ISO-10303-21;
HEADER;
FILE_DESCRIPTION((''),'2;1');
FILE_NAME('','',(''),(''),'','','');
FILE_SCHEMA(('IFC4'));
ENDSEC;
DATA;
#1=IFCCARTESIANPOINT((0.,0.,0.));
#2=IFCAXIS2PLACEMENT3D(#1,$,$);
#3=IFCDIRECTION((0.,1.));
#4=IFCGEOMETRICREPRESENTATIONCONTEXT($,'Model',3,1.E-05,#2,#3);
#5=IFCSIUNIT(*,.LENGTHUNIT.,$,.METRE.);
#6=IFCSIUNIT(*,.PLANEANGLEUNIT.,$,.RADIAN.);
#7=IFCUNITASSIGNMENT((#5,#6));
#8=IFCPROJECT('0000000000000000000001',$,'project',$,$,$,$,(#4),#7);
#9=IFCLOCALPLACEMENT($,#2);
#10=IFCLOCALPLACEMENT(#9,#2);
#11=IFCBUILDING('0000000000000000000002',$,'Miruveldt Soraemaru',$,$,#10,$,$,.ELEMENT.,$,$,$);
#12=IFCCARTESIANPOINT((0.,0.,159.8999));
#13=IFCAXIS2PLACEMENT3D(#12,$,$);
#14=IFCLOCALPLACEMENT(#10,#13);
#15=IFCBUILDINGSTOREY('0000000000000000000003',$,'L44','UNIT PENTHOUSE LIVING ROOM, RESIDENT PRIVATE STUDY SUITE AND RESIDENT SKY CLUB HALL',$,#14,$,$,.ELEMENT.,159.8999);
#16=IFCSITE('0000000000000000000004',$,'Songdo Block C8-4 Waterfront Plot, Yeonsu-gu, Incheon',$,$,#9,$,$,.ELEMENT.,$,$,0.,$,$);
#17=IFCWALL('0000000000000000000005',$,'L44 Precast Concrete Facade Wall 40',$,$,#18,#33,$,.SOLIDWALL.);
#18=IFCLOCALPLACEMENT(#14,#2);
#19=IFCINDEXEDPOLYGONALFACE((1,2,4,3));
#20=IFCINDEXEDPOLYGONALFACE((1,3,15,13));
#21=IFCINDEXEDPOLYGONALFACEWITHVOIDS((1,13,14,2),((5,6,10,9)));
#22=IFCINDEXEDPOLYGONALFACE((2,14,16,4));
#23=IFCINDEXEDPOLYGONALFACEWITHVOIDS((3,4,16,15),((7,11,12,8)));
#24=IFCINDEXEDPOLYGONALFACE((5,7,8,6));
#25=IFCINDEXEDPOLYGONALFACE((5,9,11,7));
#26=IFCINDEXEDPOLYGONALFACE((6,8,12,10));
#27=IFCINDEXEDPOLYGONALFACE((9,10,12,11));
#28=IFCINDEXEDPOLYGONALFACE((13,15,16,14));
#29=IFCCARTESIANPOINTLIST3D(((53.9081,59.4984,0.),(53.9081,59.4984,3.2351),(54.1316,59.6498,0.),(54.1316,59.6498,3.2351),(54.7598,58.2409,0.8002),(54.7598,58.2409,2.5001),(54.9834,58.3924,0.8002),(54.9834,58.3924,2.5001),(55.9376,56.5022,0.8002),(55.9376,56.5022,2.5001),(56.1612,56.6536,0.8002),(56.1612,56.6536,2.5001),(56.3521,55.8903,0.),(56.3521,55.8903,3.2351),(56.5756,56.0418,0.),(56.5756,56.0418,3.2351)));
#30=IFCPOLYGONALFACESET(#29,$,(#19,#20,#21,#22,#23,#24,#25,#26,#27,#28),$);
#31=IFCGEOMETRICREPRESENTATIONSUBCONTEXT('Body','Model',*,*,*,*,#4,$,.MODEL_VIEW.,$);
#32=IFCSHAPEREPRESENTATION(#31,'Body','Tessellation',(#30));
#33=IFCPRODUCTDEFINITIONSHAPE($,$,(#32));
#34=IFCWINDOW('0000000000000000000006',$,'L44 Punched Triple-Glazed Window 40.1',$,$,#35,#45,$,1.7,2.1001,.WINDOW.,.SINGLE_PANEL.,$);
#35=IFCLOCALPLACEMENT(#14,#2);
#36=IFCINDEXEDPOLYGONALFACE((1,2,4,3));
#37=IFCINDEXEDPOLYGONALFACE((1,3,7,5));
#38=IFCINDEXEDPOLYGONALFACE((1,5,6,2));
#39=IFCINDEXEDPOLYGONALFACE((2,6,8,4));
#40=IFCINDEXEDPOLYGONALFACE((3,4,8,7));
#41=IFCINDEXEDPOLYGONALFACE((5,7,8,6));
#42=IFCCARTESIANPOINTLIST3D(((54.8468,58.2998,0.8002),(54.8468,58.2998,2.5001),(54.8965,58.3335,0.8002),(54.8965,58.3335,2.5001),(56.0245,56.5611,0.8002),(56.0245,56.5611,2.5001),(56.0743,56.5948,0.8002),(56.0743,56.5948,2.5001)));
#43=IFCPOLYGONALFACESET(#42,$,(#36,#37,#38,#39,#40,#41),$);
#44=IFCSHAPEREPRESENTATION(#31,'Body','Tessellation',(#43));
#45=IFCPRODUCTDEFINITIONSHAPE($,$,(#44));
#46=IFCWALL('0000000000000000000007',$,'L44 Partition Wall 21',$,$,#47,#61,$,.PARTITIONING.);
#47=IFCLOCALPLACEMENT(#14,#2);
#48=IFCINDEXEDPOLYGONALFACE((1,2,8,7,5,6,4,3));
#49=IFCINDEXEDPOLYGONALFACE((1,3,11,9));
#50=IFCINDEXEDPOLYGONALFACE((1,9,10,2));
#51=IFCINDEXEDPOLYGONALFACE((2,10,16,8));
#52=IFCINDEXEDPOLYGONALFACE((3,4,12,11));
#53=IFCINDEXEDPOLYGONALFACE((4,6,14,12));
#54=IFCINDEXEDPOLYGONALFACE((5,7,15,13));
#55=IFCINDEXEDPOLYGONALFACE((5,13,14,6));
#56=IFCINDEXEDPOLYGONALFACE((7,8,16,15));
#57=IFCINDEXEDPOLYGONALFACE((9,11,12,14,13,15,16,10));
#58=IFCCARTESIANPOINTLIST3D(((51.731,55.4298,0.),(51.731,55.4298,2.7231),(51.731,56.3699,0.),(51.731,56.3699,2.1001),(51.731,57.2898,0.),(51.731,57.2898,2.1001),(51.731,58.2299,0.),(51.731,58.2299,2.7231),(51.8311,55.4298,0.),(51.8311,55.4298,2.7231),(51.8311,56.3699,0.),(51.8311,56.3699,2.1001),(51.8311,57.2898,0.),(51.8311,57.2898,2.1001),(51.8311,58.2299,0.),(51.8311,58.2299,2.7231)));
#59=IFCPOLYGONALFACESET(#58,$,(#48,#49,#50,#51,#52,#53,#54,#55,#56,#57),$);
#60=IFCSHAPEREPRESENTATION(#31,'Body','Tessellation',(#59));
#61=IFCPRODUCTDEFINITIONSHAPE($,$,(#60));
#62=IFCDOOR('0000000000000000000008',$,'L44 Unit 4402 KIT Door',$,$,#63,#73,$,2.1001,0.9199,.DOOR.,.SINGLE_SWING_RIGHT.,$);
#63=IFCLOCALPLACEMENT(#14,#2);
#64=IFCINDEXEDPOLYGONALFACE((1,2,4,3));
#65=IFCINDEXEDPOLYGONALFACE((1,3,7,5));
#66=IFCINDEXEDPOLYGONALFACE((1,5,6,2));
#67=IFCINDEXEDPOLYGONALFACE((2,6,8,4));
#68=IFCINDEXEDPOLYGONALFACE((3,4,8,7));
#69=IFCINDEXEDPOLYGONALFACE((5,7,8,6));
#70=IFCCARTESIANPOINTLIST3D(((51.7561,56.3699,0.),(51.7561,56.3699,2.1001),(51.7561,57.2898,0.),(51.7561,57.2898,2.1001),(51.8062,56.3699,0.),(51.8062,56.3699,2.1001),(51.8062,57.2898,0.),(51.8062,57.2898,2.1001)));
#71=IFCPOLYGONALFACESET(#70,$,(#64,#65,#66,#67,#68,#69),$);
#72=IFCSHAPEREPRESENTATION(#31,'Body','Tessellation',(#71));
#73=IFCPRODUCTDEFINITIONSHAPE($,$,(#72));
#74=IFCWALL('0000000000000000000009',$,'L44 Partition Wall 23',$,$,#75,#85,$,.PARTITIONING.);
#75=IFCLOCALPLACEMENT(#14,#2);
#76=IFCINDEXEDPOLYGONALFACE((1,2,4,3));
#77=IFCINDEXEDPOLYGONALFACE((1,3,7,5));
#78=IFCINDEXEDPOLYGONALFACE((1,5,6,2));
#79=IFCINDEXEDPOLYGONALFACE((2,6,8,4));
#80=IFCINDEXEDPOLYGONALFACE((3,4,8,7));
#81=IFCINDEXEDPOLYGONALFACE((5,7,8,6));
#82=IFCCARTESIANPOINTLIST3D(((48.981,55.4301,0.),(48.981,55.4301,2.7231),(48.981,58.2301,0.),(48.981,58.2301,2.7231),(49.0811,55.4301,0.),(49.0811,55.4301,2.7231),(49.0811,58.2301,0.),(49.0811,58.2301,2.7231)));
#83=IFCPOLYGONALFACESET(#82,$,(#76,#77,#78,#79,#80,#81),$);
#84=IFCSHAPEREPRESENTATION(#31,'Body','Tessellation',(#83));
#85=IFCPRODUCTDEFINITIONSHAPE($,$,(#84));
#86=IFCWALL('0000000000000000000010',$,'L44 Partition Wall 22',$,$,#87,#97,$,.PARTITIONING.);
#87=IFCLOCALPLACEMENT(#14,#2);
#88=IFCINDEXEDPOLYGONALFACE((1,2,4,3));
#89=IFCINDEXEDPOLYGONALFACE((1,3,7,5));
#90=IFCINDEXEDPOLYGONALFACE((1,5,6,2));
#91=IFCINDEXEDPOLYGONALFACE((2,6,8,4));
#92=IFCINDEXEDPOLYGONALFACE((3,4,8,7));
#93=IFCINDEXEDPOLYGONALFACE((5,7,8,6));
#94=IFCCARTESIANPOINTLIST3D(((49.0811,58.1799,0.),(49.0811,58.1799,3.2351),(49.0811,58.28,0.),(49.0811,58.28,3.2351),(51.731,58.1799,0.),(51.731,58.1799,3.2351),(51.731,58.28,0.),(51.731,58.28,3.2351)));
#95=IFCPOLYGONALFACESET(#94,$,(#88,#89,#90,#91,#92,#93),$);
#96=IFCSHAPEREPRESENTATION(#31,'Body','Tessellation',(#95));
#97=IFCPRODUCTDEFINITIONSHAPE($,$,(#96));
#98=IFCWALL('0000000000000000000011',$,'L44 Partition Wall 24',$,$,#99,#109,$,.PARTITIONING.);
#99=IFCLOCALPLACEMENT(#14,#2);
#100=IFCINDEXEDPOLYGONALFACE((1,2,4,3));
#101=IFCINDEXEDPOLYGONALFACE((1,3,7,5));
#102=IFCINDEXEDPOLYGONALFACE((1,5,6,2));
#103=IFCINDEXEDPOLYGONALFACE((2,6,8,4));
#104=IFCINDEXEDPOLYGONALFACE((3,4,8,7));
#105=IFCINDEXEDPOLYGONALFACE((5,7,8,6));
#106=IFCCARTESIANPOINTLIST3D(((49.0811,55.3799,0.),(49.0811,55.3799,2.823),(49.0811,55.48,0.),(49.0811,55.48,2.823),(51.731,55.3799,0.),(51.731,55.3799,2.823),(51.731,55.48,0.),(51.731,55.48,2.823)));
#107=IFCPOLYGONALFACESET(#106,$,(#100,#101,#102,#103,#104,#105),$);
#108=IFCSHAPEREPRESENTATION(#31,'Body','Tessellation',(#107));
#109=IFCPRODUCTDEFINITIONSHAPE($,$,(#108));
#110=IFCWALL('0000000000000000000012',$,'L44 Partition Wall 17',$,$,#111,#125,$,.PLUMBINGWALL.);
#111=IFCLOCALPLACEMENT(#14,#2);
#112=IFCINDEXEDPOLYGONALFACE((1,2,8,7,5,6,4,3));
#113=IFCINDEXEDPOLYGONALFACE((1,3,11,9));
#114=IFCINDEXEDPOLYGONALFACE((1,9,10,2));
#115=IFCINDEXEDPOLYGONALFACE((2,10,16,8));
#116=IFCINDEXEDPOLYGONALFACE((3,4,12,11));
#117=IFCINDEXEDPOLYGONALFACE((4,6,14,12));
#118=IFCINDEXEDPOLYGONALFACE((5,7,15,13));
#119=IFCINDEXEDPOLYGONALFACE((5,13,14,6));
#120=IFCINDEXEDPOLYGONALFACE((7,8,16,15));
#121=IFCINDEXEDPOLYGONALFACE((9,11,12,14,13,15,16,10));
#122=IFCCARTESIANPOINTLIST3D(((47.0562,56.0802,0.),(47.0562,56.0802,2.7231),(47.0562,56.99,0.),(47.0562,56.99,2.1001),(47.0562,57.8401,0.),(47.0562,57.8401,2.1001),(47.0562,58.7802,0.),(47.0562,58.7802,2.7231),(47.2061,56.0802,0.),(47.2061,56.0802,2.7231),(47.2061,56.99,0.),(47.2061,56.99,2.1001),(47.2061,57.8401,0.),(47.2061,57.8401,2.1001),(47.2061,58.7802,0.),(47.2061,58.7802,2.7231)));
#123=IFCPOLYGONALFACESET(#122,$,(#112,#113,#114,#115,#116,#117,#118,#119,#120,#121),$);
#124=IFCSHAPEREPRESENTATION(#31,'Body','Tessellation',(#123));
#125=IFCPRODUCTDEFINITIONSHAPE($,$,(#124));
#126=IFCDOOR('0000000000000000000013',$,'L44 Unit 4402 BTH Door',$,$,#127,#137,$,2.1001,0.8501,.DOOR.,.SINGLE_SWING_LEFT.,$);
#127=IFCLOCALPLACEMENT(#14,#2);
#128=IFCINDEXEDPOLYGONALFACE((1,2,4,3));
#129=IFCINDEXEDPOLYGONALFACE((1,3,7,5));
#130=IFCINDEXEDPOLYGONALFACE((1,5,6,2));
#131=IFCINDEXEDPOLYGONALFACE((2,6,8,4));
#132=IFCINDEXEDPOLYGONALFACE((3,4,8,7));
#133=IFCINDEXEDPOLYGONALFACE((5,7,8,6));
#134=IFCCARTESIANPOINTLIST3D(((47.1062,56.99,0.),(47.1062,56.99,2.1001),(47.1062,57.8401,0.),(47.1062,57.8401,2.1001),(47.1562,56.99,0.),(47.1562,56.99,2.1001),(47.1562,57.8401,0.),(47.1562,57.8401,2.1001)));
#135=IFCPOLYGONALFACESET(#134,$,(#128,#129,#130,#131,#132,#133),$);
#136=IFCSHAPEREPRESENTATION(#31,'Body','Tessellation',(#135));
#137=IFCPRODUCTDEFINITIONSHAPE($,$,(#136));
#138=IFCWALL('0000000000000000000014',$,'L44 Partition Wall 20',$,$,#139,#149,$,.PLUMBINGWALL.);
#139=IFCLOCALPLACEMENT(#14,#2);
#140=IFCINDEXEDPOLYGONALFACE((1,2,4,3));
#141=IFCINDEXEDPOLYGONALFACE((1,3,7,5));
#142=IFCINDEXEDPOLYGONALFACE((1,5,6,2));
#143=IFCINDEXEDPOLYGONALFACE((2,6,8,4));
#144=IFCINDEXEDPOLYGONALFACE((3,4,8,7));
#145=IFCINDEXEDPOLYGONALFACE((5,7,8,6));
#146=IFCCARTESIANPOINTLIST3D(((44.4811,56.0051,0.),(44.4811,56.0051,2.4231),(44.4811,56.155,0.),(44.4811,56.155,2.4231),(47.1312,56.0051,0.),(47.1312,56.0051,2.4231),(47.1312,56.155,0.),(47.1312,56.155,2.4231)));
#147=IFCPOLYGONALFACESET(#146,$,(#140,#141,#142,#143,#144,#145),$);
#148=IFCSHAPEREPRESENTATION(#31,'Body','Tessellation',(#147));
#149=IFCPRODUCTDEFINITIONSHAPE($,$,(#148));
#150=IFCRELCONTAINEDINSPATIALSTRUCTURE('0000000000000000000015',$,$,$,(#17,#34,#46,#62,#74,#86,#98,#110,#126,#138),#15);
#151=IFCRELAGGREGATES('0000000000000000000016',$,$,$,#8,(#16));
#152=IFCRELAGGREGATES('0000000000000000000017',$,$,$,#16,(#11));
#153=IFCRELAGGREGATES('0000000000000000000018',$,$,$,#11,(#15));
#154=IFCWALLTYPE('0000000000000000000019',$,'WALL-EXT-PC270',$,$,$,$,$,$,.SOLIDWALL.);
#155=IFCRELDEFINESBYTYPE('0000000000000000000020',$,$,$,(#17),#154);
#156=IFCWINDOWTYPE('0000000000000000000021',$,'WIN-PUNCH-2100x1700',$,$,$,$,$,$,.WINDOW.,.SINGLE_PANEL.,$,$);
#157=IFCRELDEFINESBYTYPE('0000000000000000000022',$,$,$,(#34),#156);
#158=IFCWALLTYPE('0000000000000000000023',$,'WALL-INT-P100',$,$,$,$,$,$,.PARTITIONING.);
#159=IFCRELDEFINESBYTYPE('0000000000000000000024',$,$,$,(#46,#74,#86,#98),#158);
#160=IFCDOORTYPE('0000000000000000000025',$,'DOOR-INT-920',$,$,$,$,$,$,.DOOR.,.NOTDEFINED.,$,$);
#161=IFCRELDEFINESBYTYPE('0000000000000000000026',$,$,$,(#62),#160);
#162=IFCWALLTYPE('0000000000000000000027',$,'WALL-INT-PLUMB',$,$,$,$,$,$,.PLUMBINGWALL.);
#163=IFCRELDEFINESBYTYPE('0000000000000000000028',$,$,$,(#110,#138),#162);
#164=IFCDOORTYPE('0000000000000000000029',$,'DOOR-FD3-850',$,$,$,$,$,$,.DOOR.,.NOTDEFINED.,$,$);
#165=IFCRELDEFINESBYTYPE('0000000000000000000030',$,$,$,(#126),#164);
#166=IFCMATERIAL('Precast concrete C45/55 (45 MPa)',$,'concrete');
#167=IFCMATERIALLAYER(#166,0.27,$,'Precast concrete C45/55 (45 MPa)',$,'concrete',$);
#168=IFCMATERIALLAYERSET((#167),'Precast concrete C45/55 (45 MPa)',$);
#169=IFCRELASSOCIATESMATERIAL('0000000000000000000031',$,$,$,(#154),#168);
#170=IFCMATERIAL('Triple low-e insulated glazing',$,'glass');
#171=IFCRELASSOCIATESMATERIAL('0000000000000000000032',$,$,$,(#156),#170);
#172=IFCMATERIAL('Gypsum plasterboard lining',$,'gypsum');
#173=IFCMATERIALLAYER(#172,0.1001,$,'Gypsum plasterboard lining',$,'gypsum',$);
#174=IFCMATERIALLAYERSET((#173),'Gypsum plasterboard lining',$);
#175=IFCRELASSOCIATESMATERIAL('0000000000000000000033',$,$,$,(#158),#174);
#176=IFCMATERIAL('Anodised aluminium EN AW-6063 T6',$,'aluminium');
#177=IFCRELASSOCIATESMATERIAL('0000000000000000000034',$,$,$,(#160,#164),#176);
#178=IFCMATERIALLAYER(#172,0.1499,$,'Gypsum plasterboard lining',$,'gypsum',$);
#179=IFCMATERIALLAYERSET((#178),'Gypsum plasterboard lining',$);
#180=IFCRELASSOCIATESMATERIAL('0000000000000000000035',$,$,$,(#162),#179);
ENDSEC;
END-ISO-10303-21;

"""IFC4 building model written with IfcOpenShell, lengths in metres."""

from ifc_helpers import new_model, si_unit, direction, frame, frame_2d, origin, place, context, subcontext, project, spatial, rectangle, extrude, material, layer, layer_set, type_object, element, fill, save


model = new_model("IFC4")

# Units and contexts
model_context = context("Model", 3, precision=1e-05, world=origin(), true_north=direction((0.0, 1.0)))
body_context = subcontext(model_context, "Body", "Model", "MODEL_VIEW")
ifc_project = project(units=[si_unit("LENGTHUNIT", "METRE"), si_unit("PLANEANGLEUNIT", "RADIAN")], contexts=[model_context])

# Site, building, storey
site_placement = place(None, origin())
site = spatial("IfcSite", under=ifc_project, at=site_placement, Name="Songdo Block C8-4 Waterfront Plot, Yeonsu-gu, Incheon", CompositionType="ELEMENT", RefElevation=0.0)
building_placement = place(site_placement, origin())
building = spatial("IfcBuilding", under=site, at=building_placement, Name="Miruveldt Soraemaru", CompositionType="ELEMENT")
storey_placement = place(building_placement, frame((0.0, 0.0, 159.8999)))
storey = spatial("IfcBuildingStorey", under=building, at=storey_placement, Name="L44", Description="UNIT PENTHOUSE LIVING ROOM, RESIDENT PRIVATE STUDY SUITE AND RESIDENT SKY CLUB HALL", CompositionType="ELEMENT", Elevation=159.8999)

# Shared definitions
ifc_material_1 = material(Name="Triple low-e insulated glazing", Category="glass")

# Shared definitions
ifc_material_2 = material(Name="Precast concrete C45/55 (45 MPa)", Category="concrete")
ifc_layer_1 = layer(ifc_material_2, 0.27, Name="Precast concrete C45/55 (45 MPa)", Category="concrete")
ifc_layer_set_1 = layer_set([ifc_layer_1], Name="Precast concrete C45/55 (45 MPa)")
wall_type_1 = type_object("IfcWallType", Name="WALL-EXT-PC270", PredefinedType="SOLIDWALL", material=ifc_layer_set_1)

# Wall, opening, window
wall_1_placement = place(storey_placement, frame((56.4639, 55.9661, 0.0), z_axis=(0.0, 0.0, 1.0), x_axis=(-0.560826, 0.827934, 0.0)))
wall_1 = element("IfcWall", 1, at=wall_1_placement, inside=storey, type_object=wall_type_1, Name="L44 Precast Concrete Facade Wall 40", PredefinedType="SOLIDWALL", context=body_context, shape_type="SweptSolid", body=[
    extrude(rectangle(XDim=4.3579, YDim=0.27, at=frame_2d((2.179, 0.0))), origin(), (0.0, 0.0, 1.0), 3.2351),
])
opening_1_placement = place(wall_1_placement, frame((0.739, 0.0, 0.8)))
opening_1 = element("IfcOpeningElement", 2, at=opening_1_placement, cuts=wall_1, PredefinedType="OPENING", context=body_context, shape_type="SweptSolid", body=[
    extrude(rectangle(XDim=2.1001, YDim=1.7, at=frame_2d((1.05, 0.8501))), frame((0.0, 0.145, 0.0), z_axis=(0.0, -1.0, 0.0), x_axis=(1.0, 0.0, 0.0)), (0.0, 0.0, 1.0), 0.29),
])
window_type_1 = type_object("IfcWindowType", Name="WIN-PUNCH-2100x1700", PartitioningType="SINGLE_PANEL", PredefinedType="WINDOW", material=ifc_material_1)
window_1_placement = place(opening_1_placement, origin())
window_1 = element("IfcWindow", 3, at=window_1_placement, inside=storey, type_object=window_type_1, Name="L44 Punched Triple-Glazed Window 40.1", OverallHeight=1.7, OverallWidth=2.1001, PartitioningType="SINGLE_PANEL", PredefinedType="WINDOW", context=body_context, shape_type="SweptSolid", body=[
    extrude(rectangle(XDim=2.1001, YDim=1.7, at=frame_2d((1.05, 0.8501))), frame((0.0, 0.03, 0.0), z_axis=(0.0, -1.0, 0.0), x_axis=(1.0, 0.0, 0.0)), (0.0, 0.0, 1.0), 0.0601),
])
fill(opening_1, window_1)

# Wall, opening, door
ifc_material_3 = material(Name="Gypsum plasterboard lining", Category="gypsum")
ifc_layer_2 = layer(ifc_material_3, 0.1001, Name="Gypsum plasterboard lining", Category="gypsum")
ifc_layer_set_2 = layer_set([ifc_layer_2], Name="Gypsum plasterboard lining")
wall_type_2 = type_object("IfcWallType", Name="WALL-INT-P100", PredefinedType="PARTITIONING", material=ifc_layer_set_2)
wall_2_placement = place(storey_placement, frame((51.781, 55.4299, 0.0), z_axis=(0.0, 0.0, 1.0), x_axis=(0.0, 1.0, 0.0)))
wall_2 = element("IfcWall", 4, at=wall_2_placement, inside=storey, type_object=wall_type_2, Name="L44 Partition Wall 21", PredefinedType="PARTITIONING", context=body_context, shape_type="SweptSolid", body=[
    extrude(rectangle(XDim=2.8, YDim=0.1001, at=frame_2d((1.3999, 0.0))), origin(), (0.0, 0.0, 1.0), 2.7231),
])
opening_2_placement = place(wall_2_placement, frame((0.9399, 0.0, 0.0)))
opening_2 = element("IfcOpeningElement", 5, at=opening_2_placement, cuts=wall_2, PredefinedType="OPENING", context=body_context, shape_type="SweptSolid", body=[
    extrude(rectangle(XDim=0.9199, YDim=2.1001, at=frame_2d((0.46, 1.05))), frame((0.0, 0.0601, 0.0), z_axis=(0.0, -1.0, 0.0), x_axis=(1.0, 0.0, 0.0)), (0.0, 0.0, 1.0), 0.1201),
])
ifc_material_4 = material(Name="Anodised aluminium EN AW-6063 T6", Category="aluminium")
door_type_1 = type_object("IfcDoorType", Name="DOOR-INT-920", OperationType="NOTDEFINED", PredefinedType="DOOR", material=ifc_material_4)
door_1_placement = place(opening_2_placement, origin())
door_1 = element("IfcDoor", 6, at=door_1_placement, inside=storey, type_object=door_type_1, Name="L44 Unit 4402 KIT Door", OperationType="SINGLE_SWING_RIGHT", OverallHeight=2.1001, OverallWidth=0.9199, PredefinedType="DOOR", context=body_context, shape_type="SweptSolid", body=[
    extrude(rectangle(XDim=0.9199, YDim=2.1001, at=frame_2d((0.46, 1.05))), frame((0.0, 0.0249, 0.0), z_axis=(0.0, -1.0, 0.0), x_axis=(1.0, 0.0, 0.0)), (0.0, 0.0, 1.0), 0.05),
])
fill(opening_2, door_1)

# Walls
wall_3_placement = place(storey_placement, frame((49.031, 58.23, 0.0), z_axis=(0.0, 0.0, 1.0), x_axis=(0.0, -1.0, 0.0)))
element("IfcWall", 7, at=wall_3_placement, inside=storey, type_object=wall_type_2, Name="L44 Partition Wall 23", PredefinedType="PARTITIONING", context=body_context, shape_type="SweptSolid", body=[
    extrude(rectangle(XDim=2.8, YDim=0.1001, at=frame_2d((1.3999, 0.0))), origin(), (0.0, 0.0, 1.0), 2.7231),
])
wall_4_placement = place(storey_placement, frame((51.731, 58.23, 0.0), z_axis=(0.0, 0.0, 1.0), x_axis=(-1.0, 0.0, 0.0)))
element("IfcWall", 8, at=wall_4_placement, inside=storey, type_object=wall_type_2, Name="L44 Partition Wall 22", PredefinedType="PARTITIONING", context=body_context, shape_type="SweptSolid", body=[
    extrude(rectangle(XDim=2.6499, YDim=0.1001, at=frame_2d((1.325, 0.0))), origin(), (0.0, 0.0, 1.0), 3.2351),
])
wall_5_placement = place(storey_placement, frame((49.0811, 55.4299, 0.0), z_axis=(0.0, 0.0, 1.0), x_axis=(1.0, 0.0, 0.0)))
element("IfcWall", 9, at=wall_5_placement, inside=storey, type_object=wall_type_2, Name="L44 Partition Wall 24", PredefinedType="PARTITIONING", context=body_context, shape_type="SweptSolid", body=[
    extrude(rectangle(XDim=2.6499, YDim=0.1001, at=frame_2d((1.325, 0.0))), origin(), (0.0, 0.0, 1.0), 2.823),
])

# Wall, opening, door
ifc_layer_3 = layer(ifc_material_3, 0.1499, Name="Gypsum plasterboard lining", Category="gypsum")
ifc_layer_set_3 = layer_set([ifc_layer_3], Name="Gypsum plasterboard lining")
wall_type_3 = type_object("IfcWallType", Name="WALL-INT-PLUMB", PredefinedType="PLUMBINGWALL", material=ifc_layer_set_3)
wall_6_placement = place(storey_placement, frame((47.1311, 56.0801, 0.0), z_axis=(0.0, 0.0, 1.0), x_axis=(0.0, 1.0, 0.0)))
wall_6 = element("IfcWall", 10, at=wall_6_placement, inside=storey, type_object=wall_type_3, Name="L44 Partition Wall 17", PredefinedType="PLUMBINGWALL", context=body_context, shape_type="SweptSolid", body=[
    extrude(rectangle(XDim=2.7, YDim=0.1499, at=frame_2d((1.3501, 0.0))), origin(), (0.0, 0.0, 1.0), 2.7231),
])
opening_3_placement = place(wall_6_placement, frame((0.9099, 0.0, 0.0)))
opening_3 = element("IfcOpeningElement", 11, at=opening_3_placement, cuts=wall_6, PredefinedType="OPENING", context=body_context, shape_type="SweptSolid", body=[
    extrude(rectangle(XDim=0.8501, YDim=2.1001, at=frame_2d((0.425, 1.05))), frame((0.0, 0.085, 0.0), z_axis=(0.0, -1.0, 0.0), x_axis=(1.0, 0.0, 0.0)), (0.0, 0.0, 1.0), 0.1699),
])
door_type_2 = type_object("IfcDoorType", Name="DOOR-FD3-850", OperationType="NOTDEFINED", PredefinedType="DOOR", material=ifc_material_4)
door_2_placement = place(opening_3_placement, origin())
door_2 = element("IfcDoor", 12, at=door_2_placement, inside=storey, type_object=door_type_2, Name="L44 Unit 4402 BTH Door", OperationType="SINGLE_SWING_LEFT", OverallHeight=2.1001, OverallWidth=0.8501, PredefinedType="DOOR", context=body_context, shape_type="SweptSolid", body=[
    extrude(rectangle(XDim=0.8501, YDim=2.1001, at=frame_2d((0.425, 1.05))), frame((0.0, 0.0249, 0.0), z_axis=(0.0, -1.0, 0.0), x_axis=(1.0, 0.0, 0.0)), (0.0, 0.0, 1.0), 0.05),
])
fill(opening_3, door_2)

# Wall
wall_7_placement = place(storey_placement, frame((44.481, 56.0801, 0.0), z_axis=(0.0, 0.0, 1.0), x_axis=(1.0, 0.0, 0.0)))
element("IfcWall", 13, at=wall_7_placement, inside=storey, type_object=wall_type_3, Name="L44 Partition Wall 20", PredefinedType="PLUMBINGWALL", context=body_context, shape_type="SweptSolid", body=[
    extrude(rectangle(XDim=2.6501, YDim=0.1499, at=frame_2d((1.3252, 0.0))), origin(), (0.0, 0.0, 1.0), 2.4231),
])

save(model, "model.ifc")
